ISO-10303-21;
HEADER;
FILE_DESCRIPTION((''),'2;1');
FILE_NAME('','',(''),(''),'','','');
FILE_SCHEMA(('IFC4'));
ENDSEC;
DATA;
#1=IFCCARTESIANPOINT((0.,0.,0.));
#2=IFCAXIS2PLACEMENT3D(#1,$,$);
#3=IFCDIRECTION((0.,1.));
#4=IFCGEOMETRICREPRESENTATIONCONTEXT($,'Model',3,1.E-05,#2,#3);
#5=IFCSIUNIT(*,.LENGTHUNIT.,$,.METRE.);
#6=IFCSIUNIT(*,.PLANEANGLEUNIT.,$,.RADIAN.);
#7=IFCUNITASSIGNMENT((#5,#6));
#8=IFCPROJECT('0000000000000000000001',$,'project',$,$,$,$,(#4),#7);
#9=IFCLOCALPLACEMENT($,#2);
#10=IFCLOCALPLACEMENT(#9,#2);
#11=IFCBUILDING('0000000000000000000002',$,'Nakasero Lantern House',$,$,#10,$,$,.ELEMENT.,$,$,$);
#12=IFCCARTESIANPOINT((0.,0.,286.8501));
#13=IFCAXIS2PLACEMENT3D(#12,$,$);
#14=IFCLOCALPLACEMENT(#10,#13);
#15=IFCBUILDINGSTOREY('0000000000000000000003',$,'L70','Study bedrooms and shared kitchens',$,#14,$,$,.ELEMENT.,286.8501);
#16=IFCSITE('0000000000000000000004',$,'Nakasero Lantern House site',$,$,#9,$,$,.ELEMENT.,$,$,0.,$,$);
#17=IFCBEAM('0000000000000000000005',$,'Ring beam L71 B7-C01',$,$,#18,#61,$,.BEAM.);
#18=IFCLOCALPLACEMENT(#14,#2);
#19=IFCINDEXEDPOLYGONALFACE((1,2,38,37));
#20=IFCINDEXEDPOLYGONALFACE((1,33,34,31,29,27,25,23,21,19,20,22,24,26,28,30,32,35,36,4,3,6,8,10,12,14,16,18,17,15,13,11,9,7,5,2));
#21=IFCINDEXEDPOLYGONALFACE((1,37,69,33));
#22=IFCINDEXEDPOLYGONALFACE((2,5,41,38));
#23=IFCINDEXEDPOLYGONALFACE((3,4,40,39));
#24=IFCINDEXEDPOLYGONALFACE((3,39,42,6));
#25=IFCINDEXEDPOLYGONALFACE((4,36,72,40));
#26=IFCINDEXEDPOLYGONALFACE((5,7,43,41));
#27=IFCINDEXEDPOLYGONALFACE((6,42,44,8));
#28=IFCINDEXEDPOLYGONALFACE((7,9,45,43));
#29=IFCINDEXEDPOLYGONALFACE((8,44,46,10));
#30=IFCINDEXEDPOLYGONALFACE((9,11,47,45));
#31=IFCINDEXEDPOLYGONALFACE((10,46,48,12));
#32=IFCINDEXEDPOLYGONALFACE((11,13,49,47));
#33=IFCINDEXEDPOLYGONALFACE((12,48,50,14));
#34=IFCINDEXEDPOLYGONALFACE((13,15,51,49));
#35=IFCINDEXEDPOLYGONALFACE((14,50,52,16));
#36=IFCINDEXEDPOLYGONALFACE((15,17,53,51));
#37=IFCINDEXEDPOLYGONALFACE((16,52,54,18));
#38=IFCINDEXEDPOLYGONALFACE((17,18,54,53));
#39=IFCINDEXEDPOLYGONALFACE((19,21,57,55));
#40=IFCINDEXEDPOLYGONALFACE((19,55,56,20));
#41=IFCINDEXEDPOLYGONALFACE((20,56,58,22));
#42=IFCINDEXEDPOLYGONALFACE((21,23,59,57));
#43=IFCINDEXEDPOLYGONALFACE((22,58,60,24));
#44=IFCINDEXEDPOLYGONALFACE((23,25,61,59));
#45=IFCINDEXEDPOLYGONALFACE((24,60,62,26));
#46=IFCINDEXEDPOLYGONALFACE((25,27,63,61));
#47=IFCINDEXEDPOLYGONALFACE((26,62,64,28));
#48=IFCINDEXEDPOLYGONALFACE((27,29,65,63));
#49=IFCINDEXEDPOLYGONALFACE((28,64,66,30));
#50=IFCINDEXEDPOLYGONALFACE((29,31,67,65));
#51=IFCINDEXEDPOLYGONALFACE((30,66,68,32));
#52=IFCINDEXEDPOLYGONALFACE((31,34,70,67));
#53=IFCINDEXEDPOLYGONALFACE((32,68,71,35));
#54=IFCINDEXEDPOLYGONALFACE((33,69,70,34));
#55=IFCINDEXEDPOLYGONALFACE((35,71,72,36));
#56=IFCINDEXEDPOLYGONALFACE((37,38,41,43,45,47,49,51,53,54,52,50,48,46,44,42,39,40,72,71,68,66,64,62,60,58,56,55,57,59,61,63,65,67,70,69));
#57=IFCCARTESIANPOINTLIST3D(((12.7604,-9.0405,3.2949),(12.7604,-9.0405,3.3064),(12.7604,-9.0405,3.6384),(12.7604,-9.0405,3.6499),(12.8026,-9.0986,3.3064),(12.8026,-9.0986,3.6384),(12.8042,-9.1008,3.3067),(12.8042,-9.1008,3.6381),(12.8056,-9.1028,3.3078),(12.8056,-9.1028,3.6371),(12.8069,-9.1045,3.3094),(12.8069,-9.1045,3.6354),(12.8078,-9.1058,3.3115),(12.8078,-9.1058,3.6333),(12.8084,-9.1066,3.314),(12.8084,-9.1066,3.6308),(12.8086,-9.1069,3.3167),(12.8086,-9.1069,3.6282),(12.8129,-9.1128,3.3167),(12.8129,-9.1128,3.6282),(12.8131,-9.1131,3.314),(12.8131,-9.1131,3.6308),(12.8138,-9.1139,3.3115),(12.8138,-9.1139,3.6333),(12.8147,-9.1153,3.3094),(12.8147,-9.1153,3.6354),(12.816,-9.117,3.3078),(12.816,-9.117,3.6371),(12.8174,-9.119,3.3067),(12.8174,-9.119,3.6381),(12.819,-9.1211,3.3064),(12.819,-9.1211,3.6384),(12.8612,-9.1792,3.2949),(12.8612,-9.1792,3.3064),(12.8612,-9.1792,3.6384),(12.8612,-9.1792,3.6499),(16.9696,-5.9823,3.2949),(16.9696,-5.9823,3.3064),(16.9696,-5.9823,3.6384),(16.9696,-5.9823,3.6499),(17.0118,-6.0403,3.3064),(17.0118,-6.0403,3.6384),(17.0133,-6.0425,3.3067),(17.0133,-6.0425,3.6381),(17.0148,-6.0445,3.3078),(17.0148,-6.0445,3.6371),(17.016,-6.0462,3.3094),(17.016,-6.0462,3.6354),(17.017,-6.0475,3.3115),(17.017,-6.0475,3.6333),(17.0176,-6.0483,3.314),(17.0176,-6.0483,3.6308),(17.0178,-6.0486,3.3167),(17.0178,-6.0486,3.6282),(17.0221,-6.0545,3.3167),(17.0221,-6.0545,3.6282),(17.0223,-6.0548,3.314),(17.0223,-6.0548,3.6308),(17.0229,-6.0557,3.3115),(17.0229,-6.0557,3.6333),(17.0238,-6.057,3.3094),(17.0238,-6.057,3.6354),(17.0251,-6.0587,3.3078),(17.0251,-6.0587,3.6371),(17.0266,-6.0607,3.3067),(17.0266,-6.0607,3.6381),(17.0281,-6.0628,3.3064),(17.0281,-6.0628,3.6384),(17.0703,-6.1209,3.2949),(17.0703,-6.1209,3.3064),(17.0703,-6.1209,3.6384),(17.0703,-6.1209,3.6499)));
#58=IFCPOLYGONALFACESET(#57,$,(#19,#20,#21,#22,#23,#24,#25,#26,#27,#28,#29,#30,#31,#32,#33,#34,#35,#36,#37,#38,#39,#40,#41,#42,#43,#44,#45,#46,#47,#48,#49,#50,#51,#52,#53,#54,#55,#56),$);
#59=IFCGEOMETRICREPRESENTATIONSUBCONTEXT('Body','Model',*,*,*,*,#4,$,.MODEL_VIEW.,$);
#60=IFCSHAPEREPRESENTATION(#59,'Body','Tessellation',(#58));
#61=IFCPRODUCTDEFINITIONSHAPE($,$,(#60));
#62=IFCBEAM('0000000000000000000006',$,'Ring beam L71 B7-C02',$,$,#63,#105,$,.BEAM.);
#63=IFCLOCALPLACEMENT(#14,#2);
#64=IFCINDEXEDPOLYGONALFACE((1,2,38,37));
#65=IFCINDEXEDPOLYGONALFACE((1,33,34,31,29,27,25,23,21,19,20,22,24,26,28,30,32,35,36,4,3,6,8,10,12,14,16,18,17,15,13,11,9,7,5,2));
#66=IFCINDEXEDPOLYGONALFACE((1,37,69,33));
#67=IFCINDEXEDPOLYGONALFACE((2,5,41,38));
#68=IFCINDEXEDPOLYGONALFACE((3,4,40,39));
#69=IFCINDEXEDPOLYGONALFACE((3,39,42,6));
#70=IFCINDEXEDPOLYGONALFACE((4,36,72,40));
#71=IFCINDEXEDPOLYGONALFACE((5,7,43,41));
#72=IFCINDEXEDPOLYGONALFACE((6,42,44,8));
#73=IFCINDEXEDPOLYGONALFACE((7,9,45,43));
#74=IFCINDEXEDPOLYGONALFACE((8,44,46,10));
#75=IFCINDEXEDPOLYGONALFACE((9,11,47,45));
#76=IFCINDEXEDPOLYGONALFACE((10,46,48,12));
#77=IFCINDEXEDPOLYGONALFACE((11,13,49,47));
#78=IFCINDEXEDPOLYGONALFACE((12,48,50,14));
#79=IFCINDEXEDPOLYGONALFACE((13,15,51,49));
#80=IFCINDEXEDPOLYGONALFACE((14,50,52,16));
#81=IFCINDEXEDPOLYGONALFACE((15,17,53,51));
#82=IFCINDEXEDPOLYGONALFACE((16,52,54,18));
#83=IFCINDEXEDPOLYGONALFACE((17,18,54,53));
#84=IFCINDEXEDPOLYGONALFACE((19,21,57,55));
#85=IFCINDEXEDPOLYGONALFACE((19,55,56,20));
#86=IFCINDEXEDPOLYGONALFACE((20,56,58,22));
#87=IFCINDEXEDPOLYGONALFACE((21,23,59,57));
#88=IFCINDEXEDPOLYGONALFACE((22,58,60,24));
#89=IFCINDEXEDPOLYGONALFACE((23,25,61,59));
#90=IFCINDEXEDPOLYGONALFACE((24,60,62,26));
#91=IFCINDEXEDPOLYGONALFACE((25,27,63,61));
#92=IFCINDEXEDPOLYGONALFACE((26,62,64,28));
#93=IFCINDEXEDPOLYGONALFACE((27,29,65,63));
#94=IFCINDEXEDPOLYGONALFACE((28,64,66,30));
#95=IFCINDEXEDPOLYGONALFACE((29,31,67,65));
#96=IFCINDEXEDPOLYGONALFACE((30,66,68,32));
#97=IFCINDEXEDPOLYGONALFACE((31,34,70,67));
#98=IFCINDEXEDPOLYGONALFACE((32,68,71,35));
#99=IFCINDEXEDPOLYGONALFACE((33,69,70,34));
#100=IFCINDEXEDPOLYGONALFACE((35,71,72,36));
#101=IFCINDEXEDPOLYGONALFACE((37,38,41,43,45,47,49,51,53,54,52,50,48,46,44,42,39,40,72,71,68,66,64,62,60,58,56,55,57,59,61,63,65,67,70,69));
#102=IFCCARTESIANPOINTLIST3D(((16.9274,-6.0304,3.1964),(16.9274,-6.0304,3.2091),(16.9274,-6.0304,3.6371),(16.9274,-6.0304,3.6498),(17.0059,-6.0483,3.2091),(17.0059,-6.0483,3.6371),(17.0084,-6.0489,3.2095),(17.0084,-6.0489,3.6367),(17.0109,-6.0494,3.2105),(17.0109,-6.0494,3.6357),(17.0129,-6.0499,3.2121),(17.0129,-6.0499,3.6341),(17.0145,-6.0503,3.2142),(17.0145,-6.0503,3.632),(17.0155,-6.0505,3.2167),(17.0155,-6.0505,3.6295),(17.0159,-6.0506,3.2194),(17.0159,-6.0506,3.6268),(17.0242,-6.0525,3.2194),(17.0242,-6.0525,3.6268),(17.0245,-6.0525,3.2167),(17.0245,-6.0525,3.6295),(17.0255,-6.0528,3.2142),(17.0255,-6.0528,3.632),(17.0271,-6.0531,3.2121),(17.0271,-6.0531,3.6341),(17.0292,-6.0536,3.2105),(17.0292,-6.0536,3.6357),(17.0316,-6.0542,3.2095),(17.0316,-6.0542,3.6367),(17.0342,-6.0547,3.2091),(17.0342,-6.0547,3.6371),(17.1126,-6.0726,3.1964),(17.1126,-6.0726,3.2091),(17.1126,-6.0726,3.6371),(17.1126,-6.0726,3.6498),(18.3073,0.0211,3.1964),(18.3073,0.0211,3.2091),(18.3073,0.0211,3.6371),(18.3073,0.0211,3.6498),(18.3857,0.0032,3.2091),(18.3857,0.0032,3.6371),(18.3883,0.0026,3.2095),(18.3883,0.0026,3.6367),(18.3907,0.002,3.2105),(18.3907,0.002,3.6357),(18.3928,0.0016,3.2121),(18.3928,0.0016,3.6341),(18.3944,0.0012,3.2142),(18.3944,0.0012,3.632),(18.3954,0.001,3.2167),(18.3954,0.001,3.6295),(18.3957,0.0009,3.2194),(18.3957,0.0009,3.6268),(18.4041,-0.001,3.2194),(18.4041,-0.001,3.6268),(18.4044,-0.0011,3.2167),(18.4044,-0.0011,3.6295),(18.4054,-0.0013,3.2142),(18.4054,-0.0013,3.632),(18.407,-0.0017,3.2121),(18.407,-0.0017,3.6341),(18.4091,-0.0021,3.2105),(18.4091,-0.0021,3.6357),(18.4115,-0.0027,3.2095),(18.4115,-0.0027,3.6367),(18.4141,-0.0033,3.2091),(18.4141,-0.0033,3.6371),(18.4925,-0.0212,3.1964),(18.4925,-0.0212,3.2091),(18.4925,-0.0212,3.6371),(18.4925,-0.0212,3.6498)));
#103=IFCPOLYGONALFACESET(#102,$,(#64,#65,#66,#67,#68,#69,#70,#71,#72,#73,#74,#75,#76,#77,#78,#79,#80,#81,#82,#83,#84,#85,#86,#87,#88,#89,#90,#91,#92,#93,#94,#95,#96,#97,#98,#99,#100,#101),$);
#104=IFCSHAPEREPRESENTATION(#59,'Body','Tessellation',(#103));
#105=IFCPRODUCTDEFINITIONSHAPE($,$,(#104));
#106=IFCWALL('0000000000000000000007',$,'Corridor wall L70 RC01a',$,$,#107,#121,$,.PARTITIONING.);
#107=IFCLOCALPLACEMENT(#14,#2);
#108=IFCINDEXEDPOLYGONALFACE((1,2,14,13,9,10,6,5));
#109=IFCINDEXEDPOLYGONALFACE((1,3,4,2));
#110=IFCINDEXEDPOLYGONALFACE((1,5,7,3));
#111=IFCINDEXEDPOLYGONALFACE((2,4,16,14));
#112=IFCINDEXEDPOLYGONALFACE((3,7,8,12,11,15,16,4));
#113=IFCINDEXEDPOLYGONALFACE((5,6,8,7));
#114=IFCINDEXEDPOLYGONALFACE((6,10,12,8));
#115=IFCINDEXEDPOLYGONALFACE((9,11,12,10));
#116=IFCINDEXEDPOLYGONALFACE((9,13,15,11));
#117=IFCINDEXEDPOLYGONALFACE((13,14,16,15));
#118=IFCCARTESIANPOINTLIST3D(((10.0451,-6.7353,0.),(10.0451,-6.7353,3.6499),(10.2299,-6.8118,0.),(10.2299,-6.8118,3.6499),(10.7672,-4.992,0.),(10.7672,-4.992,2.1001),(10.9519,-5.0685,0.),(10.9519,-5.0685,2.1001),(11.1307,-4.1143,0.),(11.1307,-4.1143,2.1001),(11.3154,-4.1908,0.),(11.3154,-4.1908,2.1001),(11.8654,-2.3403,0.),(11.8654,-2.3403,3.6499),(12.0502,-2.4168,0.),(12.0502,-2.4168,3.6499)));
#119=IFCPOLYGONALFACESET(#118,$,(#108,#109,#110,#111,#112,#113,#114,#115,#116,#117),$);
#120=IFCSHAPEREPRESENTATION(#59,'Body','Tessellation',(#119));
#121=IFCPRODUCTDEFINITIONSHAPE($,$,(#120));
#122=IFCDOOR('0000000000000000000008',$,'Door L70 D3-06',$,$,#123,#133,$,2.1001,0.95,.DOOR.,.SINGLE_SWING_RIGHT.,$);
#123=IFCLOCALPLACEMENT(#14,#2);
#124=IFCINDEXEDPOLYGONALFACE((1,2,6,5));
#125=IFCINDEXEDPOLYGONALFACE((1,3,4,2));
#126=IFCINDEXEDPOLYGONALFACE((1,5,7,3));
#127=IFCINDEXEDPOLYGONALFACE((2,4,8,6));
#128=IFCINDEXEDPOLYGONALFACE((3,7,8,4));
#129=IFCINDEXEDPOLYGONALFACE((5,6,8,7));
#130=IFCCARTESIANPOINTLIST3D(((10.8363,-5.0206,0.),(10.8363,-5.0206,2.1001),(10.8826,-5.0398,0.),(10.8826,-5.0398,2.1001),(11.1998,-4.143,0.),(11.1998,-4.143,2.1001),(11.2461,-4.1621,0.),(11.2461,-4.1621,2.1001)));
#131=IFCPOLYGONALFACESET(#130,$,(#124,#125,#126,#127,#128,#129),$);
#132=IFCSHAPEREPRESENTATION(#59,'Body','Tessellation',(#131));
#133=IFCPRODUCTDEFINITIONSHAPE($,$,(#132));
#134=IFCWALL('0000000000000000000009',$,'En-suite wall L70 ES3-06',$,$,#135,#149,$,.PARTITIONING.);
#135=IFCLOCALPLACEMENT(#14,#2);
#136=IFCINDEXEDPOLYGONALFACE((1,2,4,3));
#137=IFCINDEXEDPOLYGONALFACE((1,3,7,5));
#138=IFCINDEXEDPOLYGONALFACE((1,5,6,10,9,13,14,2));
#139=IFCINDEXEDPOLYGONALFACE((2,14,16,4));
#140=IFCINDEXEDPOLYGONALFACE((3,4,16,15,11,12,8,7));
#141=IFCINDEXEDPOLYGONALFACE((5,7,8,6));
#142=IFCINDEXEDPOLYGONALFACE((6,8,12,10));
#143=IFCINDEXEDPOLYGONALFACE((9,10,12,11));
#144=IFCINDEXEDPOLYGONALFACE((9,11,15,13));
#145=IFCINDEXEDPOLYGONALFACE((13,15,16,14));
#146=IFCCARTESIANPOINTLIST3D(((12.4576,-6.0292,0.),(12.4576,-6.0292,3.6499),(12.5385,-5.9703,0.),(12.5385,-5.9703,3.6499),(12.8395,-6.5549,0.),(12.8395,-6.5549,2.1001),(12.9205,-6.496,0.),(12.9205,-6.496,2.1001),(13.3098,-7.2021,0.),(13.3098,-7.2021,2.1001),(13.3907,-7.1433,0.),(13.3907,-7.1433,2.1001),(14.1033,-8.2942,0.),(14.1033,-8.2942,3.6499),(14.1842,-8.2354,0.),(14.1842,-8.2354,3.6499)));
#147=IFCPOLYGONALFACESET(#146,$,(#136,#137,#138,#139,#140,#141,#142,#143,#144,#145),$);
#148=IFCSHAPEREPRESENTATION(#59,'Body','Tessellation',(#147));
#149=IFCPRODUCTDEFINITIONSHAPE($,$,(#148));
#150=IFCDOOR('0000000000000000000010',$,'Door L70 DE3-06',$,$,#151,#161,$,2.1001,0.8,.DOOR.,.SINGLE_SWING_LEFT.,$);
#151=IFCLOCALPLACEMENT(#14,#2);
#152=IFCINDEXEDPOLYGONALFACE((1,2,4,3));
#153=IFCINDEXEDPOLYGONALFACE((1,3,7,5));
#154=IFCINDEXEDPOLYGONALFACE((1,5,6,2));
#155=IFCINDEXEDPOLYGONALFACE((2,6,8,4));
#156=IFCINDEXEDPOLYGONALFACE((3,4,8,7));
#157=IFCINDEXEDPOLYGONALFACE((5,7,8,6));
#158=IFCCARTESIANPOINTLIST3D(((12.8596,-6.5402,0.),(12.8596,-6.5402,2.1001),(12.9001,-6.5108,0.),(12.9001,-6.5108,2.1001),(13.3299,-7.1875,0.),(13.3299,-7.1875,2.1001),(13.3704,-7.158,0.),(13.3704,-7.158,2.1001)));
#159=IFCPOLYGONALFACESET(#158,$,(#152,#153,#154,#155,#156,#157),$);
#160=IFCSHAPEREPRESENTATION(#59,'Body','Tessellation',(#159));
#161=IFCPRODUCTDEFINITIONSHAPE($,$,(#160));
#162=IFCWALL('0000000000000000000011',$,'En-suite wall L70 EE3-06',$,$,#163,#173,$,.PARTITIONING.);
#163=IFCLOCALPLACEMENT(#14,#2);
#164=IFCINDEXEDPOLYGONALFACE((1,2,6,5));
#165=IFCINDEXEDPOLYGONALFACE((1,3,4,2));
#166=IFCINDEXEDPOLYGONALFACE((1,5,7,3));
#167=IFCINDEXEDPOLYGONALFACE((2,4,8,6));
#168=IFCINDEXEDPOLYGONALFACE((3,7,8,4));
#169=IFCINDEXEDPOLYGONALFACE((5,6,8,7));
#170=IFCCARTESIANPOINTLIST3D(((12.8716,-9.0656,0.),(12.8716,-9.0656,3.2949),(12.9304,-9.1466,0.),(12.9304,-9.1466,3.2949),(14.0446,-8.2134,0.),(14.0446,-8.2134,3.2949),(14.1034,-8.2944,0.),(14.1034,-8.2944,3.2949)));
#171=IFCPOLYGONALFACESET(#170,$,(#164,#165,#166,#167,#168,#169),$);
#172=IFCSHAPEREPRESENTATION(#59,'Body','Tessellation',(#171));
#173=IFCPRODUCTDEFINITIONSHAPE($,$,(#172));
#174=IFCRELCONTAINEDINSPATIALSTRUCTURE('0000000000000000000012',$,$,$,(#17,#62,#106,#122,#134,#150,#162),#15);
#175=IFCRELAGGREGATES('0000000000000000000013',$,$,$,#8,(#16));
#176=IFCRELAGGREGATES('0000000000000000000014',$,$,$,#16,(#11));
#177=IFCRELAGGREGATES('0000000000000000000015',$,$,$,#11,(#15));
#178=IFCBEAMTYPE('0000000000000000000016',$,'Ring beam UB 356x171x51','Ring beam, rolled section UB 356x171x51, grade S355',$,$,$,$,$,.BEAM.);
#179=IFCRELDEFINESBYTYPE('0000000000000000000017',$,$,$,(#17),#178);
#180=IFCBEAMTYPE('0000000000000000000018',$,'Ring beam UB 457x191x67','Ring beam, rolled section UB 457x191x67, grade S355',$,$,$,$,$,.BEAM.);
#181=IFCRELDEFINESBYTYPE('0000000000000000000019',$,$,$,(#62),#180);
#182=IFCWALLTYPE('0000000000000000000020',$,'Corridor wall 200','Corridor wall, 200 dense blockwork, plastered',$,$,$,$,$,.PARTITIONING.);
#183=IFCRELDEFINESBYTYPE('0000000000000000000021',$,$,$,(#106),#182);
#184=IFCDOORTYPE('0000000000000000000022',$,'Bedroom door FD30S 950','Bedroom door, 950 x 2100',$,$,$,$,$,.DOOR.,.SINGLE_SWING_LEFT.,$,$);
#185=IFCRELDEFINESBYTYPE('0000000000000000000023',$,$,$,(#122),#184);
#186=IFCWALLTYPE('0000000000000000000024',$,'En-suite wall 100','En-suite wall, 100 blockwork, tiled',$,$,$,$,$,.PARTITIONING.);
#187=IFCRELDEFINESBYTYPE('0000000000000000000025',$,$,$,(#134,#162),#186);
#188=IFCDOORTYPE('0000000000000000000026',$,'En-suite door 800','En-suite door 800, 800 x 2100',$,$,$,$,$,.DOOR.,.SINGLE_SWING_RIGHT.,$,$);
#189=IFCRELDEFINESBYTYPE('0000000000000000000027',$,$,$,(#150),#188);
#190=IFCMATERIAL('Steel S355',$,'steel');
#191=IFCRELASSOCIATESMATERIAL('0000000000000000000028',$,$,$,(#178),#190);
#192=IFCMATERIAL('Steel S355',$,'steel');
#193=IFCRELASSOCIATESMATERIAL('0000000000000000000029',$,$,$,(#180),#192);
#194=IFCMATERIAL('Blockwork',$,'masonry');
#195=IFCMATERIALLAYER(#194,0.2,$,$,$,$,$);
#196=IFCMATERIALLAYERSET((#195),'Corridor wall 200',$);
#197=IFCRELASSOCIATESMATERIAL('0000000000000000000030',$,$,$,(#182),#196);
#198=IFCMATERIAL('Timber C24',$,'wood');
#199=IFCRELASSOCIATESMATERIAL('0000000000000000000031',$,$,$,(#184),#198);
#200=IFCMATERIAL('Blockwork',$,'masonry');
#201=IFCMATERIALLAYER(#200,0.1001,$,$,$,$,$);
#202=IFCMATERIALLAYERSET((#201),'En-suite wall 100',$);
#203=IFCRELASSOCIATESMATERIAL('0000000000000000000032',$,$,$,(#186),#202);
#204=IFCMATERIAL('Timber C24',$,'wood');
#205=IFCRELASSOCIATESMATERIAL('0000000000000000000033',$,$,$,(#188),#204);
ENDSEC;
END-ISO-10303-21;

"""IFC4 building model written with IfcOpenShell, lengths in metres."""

from ifc_helpers import new_model, si_unit, direction, frame, frame_2d, origin, origin_2d, place, context, subcontext, project, spatial, rectangle, i_section, extrude, material, layer, layer_set, material_profile, profile_set, type_object, element, fill, save


model = new_model("IFC4")

# Units and contexts
model_context = context("Model", 3, precision=1e-05, world=origin(), true_north=direction((0.0, 1.0)))
body_context = subcontext(model_context, "Body", "Model", "MODEL_VIEW")
ifc_project = project(units=[si_unit("LENGTHUNIT", "METRE"), si_unit("PLANEANGLEUNIT", "RADIAN")], contexts=[model_context])

# Site, building, storey
site_placement = place(None, origin())
site = spatial("IfcSite", under=ifc_project, at=site_placement, Name="Nakasero Lantern House site", CompositionType="ELEMENT", RefElevation=0.0)
building_placement = place(site_placement, origin())
building = spatial("IfcBuilding", under=site, at=building_placement, Name="Nakasero Lantern House", CompositionType="ELEMENT")
storey_placement = place(building_placement, frame((0.0, 0.0, 286.8501)))
storey = spatial("IfcBuildingStorey", under=building, at=storey_placement, Name="L70", Description="Study bedrooms and shared kitchens", CompositionType="ELEMENT", Elevation=286.8501)

# Beams
ifc_material_1 = material(Name="Steel S355", Category="steel")
ifc_material_profile_1 = material_profile(ifc_material_1, i_section(OverallWidth=0.1714, OverallDepth=0.355, WebThickness=0.0073, FlangeThickness=0.0115, FilletRadius=0.0103, at=origin_2d()), Name="UB 356x171x51")
ifc_profile_set_1 = profile_set([ifc_material_profile_1], Name="Steel S355")
beam_type_1 = type_object("IfcBeamType", Name="Ring beam UB 356x171x51", Description="Ring beam, rolled section UB 356x171x51, grade S355", PredefinedType="BEAM", material=ifc_profile_set_1)
beam_1_placement = place(storey_placement, frame((12.8108, -9.1099, 3.4724), z_axis=(0.809002, 0.587806, 0.0), x_axis=(-0.587806, 0.809002, 0.0)))
element("IfcBeam", 1, at=beam_1_placement, inside=storey, type_object=beam_type_1, Name="Ring beam L71 B7-C01", PredefinedType="BEAM", context=body_context, shape_type="SweptSolid", body=[
    extrude(i_section(OverallWidth=0.1714, OverallDepth=0.355, WebThickness=0.0073, FlangeThickness=0.0115, FilletRadius=0.0103, at=origin_2d()), origin(), (0.0, 0.0, 1.0), 5.2029),
])
ifc_material_2 = material(Name="Steel S355", Category="steel")
ifc_material_profile_2 = material_profile(ifc_material_2, i_section(OverallWidth=0.1899, OverallDepth=0.4534, WebThickness=0.0085, FlangeThickness=0.0127, FilletRadius=0.0103, at=origin_2d()), Name="UB 457x191x67")
ifc_profile_set_2 = profile_set([ifc_material_profile_2], Name="Steel S355")
beam_type_2 = type_object("IfcBeamType", Name="Ring beam UB 457x191x67", Description="Ring beam, rolled section UB 457x191x67, grade S355", PredefinedType="BEAM", material=ifc_profile_set_2)
beam_2_placement = place(storey_placement, frame((17.02, -6.0515, 3.4231), z_axis=(0.222316, 0.974975, 0.0), x_axis=(-0.974975, 0.222316, 0.0)))
element("IfcBeam", 2, at=beam_2_placement, inside=storey, type_object=beam_type_2, Name="Ring beam L71 B7-C02", PredefinedType="BEAM", context=body_context, shape_type="SweptSolid", body=[
    extrude(i_section(OverallWidth=0.1899, OverallDepth=0.4534, WebThickness=0.0085, FlangeThickness=0.0127, FilletRadius=0.0103, at=origin_2d()), origin(), (0.0, 0.0, 1.0), 6.2068),
])

# Walls, openings, doors
ifc_material_3 = material(Name="Blockwork", Category="masonry")
ifc_layer_1 = layer(ifc_material_3, 0.2)
ifc_layer_set_1 = layer_set([ifc_layer_1], Name="Corridor wall 200")
wall_type_1 = type_object("IfcWallType", Name="Corridor wall 200", Description="Corridor wall, 200 dense blockwork, plastered", PredefinedType="PARTITIONING", material=ifc_layer_set_1)
wall_1_placement = place(storey_placement, frame((11.9578, -2.3787, 0.0), z_axis=(0.0, 0.0, 1.0), x_axis=(-0.382654, -0.923892, 0.0)))
wall_1 = element("IfcWall", 3, at=wall_1_placement, inside=storey, type_object=wall_type_1, Name="Corridor wall L70 RC01a", PredefinedType="PARTITIONING", context=body_context, shape_type="SweptSolid", body=[
    extrude(rectangle(XDim=4.7571, YDim=0.2, at=frame_2d((2.3784, 0.0))), origin(), (0.0, 0.0, 1.0), 3.6499),
])
opening_1_placement = place(wall_1_placement, frame((1.9199, 0.0, 0.0)))
opening_1 = element("IfcOpeningElement", 4, at=opening_1_placement, cuts=wall_1, PredefinedType="OPENING", context=body_context, shape_type="SweptSolid", body=[
    extrude(rectangle(XDim=0.95, YDim=2.1001, at=frame_2d((0.4751, 1.05))), frame((0.0, 0.1199, 0.0), z_axis=(0.0, -1.0, 0.0), x_axis=(1.0, 0.0, 0.0)), (0.0, 0.0, 1.0), 0.24),
])
ifc_material_4 = material(Name="Timber C24", Category="wood")
door_type_1 = type_object("IfcDoorType", Name="Bedroom door FD30S 950", Description="Bedroom door, 950 x 2100", OperationType="SINGLE_SWING_LEFT", PredefinedType="DOOR", material=ifc_material_4)
door_1_placement = place(opening_1_placement, origin())
door_1 = element("IfcDoor", 5, at=door_1_placement, inside=storey, type_object=door_type_1, Name="Door L70 D3-06", OperationType="SINGLE_SWING_RIGHT", OverallHeight=2.1001, OverallWidth=0.95, PredefinedType="DOOR", context=body_context, shape_type="SweptSolid", body=[
    extrude(rectangle(XDim=0.95, YDim=2.1001, at=frame_2d((0.4751, 1.05))), frame((0.0, 0.0249, 0.0), z_axis=(0.0, -1.0, 0.0), x_axis=(1.0, 0.0, 0.0)), (0.0, 0.0, 1.0), 0.05),
])
fill(opening_1, door_1)
ifc_material_5 = material(Name="Blockwork", Category="masonry")
ifc_layer_2 = layer(ifc_material_5, 0.1001)
ifc_layer_set_2 = layer_set([ifc_layer_2], Name="En-suite wall 100")
wall_type_2 = type_object("IfcWallType", Name="En-suite wall 100", Description="En-suite wall, 100 blockwork, tiled", PredefinedType="PARTITIONING", material=ifc_layer_set_2)
wall_2_placement = place(storey_placement, frame((12.498, -5.9998, 0.0), z_axis=(0.0, 0.0, 1.0), x_axis=(0.587793, -0.809011, 0.0)))
wall_2 = element("IfcWall", 6, at=wall_2_placement, inside=storey, type_object=wall_type_2, Name="En-suite wall L70 ES3-06", PredefinedType="PARTITIONING", context=body_context, shape_type="SweptSolid", body=[
    extrude(rectangle(XDim=2.7998, YDim=0.1001, at=frame_2d((1.3999, 0.0))), origin(), (0.0, 0.0, 1.0), 3.6499),
])
opening_2_placement = place(wall_2_placement, frame((0.6499, 0.0, 0.0)))
opening_2 = element("IfcOpeningElement", 7, at=opening_2_placement, cuts=wall_2, PredefinedType="OPENING", context=body_context, shape_type="SweptSolid", body=[
    extrude(rectangle(XDim=0.8, YDim=2.1001, at=frame_2d((0.3999, 1.05))), frame((0.0, 0.0701, 0.0), z_axis=(0.0, -1.0, 0.0), x_axis=(1.0, 0.0, 0.0)), (0.0, 0.0, 1.0), 0.1401),
])
ifc_material_6 = material(Name="Timber C24", Category="wood")
door_type_2 = type_object("IfcDoorType", Name="En-suite door 800", Description="En-suite door 800, 800 x 2100", OperationType="SINGLE_SWING_RIGHT", PredefinedType="DOOR", material=ifc_material_6)
door_2_placement = place(opening_2_placement, origin())
door_2 = element("IfcDoor", 8, at=door_2_placement, inside=storey, type_object=door_type_2, Name="Door L70 DE3-06", OperationType="SINGLE_SWING_LEFT", OverallHeight=2.1001, OverallWidth=0.8, PredefinedType="DOOR", context=body_context, shape_type="SweptSolid", body=[
    extrude(rectangle(XDim=0.8, YDim=2.1001, at=frame_2d((0.3999, 1.05))), frame((0.0, 0.0249, 0.0), z_axis=(0.0, -1.0, 0.0), x_axis=(1.0, 0.0, 0.0)), (0.0, 0.0, 1.0), 0.05),
])
fill(opening_2, door_2)

# Wall
wall_3_placement = place(storey_placement, frame((12.9009, -9.1062, 0.0), z_axis=(0.0, 0.0, 1.0), x_axis=(0.80902, 0.587781, 0.0)))
element("IfcWall", 9, at=wall_3_placement, inside=storey, type_object=wall_type_2, Name="En-suite wall L70 EE3-06", PredefinedType="PARTITIONING", context=body_context, shape_type="SweptSolid", body=[
    extrude(rectangle(XDim=1.45, YDim=0.1001, at=frame_2d((0.7251, 0.0))), origin(), (0.0, 0.0, 1.0), 3.2949),
])

save(model, "model.ifc")
